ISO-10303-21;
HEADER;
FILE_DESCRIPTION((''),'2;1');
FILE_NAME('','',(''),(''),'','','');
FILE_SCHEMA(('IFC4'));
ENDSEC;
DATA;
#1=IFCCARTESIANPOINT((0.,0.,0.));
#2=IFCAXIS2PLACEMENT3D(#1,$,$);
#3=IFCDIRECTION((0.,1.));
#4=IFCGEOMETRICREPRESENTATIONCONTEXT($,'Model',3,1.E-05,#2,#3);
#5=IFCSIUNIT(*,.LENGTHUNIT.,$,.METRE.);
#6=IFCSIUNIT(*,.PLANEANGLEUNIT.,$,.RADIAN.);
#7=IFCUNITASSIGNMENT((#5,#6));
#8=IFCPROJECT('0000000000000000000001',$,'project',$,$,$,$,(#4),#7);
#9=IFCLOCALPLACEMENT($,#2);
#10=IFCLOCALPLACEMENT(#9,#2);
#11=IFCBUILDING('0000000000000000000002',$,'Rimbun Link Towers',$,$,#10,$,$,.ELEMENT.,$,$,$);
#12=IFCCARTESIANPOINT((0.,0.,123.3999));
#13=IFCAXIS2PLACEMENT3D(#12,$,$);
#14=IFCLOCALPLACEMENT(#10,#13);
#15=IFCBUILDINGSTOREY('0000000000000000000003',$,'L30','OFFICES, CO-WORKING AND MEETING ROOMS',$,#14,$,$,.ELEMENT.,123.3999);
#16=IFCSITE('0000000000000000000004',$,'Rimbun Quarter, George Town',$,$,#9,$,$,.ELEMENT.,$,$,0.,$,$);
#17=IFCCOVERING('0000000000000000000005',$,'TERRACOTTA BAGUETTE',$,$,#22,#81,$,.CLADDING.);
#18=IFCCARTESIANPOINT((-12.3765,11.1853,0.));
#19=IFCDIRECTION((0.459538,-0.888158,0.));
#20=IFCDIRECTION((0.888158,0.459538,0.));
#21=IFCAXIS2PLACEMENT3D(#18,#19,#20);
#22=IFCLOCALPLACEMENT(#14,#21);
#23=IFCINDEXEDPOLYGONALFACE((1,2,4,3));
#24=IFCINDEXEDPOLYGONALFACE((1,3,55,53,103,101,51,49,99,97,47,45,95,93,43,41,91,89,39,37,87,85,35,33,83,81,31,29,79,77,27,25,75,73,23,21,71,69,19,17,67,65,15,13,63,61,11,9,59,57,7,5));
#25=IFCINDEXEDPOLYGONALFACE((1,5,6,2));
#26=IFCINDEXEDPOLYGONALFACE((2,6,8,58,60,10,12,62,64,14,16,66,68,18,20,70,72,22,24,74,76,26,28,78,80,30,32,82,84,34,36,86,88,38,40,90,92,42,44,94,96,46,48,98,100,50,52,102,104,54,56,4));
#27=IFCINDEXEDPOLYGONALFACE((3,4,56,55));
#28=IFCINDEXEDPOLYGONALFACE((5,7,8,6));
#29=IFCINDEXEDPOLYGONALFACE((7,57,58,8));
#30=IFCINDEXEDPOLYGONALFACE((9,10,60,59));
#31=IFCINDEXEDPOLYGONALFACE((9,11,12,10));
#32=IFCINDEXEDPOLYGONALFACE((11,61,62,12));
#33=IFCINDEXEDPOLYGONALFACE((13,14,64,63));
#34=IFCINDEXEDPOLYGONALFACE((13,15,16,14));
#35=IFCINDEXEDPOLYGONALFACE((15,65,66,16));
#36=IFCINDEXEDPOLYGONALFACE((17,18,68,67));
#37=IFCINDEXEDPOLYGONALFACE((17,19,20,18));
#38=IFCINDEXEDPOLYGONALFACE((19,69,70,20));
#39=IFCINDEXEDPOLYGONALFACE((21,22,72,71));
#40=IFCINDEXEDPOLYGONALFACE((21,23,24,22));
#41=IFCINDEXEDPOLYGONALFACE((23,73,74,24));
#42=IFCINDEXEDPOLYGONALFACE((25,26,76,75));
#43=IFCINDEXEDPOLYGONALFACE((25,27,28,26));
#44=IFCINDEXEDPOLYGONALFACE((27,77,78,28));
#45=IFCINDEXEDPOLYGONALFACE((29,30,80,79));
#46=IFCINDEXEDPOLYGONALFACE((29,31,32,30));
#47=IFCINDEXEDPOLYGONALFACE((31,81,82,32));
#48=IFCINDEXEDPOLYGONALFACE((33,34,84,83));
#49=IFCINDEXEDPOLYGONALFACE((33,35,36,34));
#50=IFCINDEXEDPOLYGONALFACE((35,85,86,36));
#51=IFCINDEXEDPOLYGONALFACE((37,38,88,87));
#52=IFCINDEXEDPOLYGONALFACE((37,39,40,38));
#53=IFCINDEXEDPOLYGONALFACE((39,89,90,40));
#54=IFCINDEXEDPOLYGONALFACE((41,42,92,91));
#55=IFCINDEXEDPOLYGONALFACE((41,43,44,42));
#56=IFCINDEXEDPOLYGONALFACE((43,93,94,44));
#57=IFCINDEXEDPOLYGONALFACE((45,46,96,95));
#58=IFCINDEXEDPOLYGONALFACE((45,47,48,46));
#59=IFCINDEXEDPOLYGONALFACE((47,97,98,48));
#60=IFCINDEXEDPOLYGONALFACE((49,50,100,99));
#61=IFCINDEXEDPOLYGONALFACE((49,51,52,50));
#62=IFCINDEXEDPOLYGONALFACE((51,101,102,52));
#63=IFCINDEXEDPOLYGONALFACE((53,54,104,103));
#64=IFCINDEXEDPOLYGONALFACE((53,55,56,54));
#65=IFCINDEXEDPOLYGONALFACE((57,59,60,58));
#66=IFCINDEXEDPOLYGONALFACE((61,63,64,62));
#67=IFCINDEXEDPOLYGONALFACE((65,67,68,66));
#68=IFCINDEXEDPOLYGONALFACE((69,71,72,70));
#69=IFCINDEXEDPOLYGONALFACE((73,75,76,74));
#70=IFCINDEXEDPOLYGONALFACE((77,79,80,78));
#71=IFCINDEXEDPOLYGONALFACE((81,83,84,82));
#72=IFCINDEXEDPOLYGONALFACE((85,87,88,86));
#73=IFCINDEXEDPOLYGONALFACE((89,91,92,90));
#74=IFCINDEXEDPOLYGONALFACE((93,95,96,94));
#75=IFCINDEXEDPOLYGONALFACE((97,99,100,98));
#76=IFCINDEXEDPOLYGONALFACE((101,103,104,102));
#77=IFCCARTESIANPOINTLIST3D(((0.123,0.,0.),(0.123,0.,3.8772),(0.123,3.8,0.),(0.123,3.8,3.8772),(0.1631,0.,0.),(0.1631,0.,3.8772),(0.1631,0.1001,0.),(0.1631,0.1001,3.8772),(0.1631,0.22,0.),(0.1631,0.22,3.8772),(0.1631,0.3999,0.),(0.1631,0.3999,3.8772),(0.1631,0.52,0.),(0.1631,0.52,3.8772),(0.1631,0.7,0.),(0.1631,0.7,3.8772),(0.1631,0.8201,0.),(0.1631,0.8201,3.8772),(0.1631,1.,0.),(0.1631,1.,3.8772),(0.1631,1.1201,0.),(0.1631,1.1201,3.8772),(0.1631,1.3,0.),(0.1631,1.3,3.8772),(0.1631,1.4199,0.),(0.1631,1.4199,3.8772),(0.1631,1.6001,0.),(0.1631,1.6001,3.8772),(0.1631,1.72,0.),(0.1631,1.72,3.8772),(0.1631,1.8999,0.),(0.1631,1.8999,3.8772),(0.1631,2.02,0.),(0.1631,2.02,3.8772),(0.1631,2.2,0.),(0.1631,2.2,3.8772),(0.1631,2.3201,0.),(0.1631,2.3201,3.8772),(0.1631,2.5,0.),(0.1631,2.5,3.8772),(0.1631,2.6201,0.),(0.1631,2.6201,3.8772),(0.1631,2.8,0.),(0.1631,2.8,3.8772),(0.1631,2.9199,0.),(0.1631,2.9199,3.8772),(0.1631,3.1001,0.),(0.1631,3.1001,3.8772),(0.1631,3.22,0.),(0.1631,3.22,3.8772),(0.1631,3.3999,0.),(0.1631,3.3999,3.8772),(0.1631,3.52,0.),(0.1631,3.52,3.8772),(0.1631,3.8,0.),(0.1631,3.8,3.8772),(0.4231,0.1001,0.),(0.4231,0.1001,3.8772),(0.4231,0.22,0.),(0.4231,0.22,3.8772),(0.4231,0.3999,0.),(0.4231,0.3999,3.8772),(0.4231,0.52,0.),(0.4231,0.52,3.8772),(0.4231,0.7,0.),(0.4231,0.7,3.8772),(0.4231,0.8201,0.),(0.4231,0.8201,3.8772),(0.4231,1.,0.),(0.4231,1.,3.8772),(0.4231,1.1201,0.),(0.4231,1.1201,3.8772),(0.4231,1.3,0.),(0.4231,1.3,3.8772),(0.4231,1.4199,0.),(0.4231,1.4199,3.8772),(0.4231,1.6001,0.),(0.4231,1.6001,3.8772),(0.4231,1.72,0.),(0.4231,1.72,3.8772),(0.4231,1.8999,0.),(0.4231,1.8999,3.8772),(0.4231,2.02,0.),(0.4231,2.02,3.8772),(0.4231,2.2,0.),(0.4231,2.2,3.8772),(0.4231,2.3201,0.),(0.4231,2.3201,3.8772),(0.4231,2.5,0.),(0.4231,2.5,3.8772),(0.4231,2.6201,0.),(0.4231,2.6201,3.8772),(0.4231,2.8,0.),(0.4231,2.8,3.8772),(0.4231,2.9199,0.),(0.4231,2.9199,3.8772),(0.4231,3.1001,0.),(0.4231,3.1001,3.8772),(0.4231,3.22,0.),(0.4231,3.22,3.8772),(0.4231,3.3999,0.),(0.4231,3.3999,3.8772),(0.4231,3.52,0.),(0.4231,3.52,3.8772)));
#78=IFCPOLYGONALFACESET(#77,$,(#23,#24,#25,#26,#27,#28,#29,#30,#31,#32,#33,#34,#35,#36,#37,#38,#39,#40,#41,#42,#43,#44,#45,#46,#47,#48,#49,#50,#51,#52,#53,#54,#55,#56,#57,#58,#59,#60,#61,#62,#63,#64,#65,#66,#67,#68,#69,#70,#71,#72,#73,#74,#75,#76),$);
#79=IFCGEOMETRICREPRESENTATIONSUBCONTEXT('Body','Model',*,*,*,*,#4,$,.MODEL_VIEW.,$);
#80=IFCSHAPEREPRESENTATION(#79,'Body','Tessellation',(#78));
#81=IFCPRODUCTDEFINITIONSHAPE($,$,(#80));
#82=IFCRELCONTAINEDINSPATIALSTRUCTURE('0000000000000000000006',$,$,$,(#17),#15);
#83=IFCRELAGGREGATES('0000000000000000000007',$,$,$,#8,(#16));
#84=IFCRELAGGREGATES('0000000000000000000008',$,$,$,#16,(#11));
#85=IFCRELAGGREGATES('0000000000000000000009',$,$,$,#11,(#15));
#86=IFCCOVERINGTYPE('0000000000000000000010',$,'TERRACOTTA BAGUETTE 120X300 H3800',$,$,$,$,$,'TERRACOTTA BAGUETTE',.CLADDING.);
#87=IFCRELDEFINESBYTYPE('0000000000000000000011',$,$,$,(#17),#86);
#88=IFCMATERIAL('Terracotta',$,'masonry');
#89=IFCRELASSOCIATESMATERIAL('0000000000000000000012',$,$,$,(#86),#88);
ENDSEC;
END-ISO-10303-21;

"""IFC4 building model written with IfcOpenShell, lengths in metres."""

from ifc_helpers import new_model, si_unit, direction, frame, origin, place, context, subcontext, project, spatial, polyline, outline, extrude, material, material_profile, profile_set, type_object, element, save


model = new_model("IFC4")

# Units and contexts
model_context = context("Model", 3, precision=1e-05, world=origin(), true_north=direction((0.0, 1.0)))
body_context = subcontext(model_context, "Body", "Model", "MODEL_VIEW")
ifc_project = project(units=[si_unit("LENGTHUNIT", "METRE"), si_unit("PLANEANGLEUNIT", "RADIAN")], contexts=[model_context])

# Site, building, storey
site_placement = place(None, origin())
site = spatial("IfcSite", under=ifc_project, at=site_placement, Name="Rimbun Quarter, George Town", CompositionType="ELEMENT", RefElevation=0.0)
building_placement = place(site_placement, origin())
building = spatial("IfcBuilding", under=site, at=building_placement, Name="Rimbun Link Towers", CompositionType="ELEMENT")
storey_placement = place(building_placement, frame((0.0, 0.0, 123.3999)))
storey = spatial("IfcBuildingStorey", under=building, at=storey_placement, Name="L30", Description="OFFICES, CO-WORKING AND MEETING ROOMS", CompositionType="ELEMENT", Elevation=123.3999)

# Covering
ifc_material_1 = material(Name="Terracotta", Category="masonry")
ifc_material_profile_1 = material_profile(ifc_material_1, outline(polyline([(0.123, 0.0), (0.1631, 0.0), (0.1631, 0.1001), (0.4231, 0.1001), (0.4231, 0.22), (0.1631, 0.22), (0.1631, 0.3999), (0.4231, 0.3999), (0.4231, 0.52), (0.1631, 0.52), (0.1631, 0.7), (0.4231, 0.7), (0.4231, 0.8201), (0.1631, 0.8201), (0.1631, 1.0), (0.4231, 1.0), (0.4231, 1.1201), (0.1631, 1.1201), (0.1631, 1.3), (0.4231, 1.3), (0.4231, 1.4199), (0.1631, 1.4199), (0.1631, 1.6001), (0.4231, 1.6001), (0.4231, 1.72), (0.1631, 1.72), (0.1631, 1.8999), (0.4231, 1.8999), (0.4231, 2.02), (0.1631, 2.02), (0.1631, 2.2), (0.4231, 2.2), (0.4231, 2.3201), (0.1631, 2.3201), (0.1631, 2.5), (0.4231, 2.5), (0.4231, 2.6201), (0.1631, 2.6201), (0.1631, 2.8), (0.4231, 2.8), (0.4231, 2.9199), (0.1631, 2.9199), (0.1631, 3.1001), (0.4231, 3.1001), (0.4231, 3.22), (0.1631, 3.22), (0.1631, 3.3999), (0.4231, 3.3999), (0.4231, 3.52), (0.1631, 3.52), (0.1631, 3.8), (0.123, 3.8), (0.123, 0.0)])), Name="BAGUETTE 120X300")
ifc_profile_set_1 = profile_set([ifc_material_profile_1], Name="Terracotta")
covering_type = type_object("IfcCoveringType", Name="TERRACOTTA BAGUETTE 120X300 H3800", ElementType="TERRACOTTA BAGUETTE", PredefinedType="CLADDING", material=ifc_profile_set_1)
covering_1_placement = place(storey_placement, frame((-12.3765, 11.1853, 0.0), z_axis=(0.459538, -0.888158, 0.0), x_axis=(0.888158, 0.459538, 0.0)))
element("IfcCovering", 1, at=covering_1_placement, inside=storey, type_object=covering_type, Name="TERRACOTTA BAGUETTE", PredefinedType="CLADDING", context=body_context, shape_type="SweptSolid", body=[
    extrude(outline(polyline([(0.123, 0.0), (0.1631, 0.0), (0.1631, 0.1001), (0.4231, 0.1001), (0.4231, 0.22), (0.1631, 0.22), (0.1631, 0.3999), (0.4231, 0.3999), (0.4231, 0.52), (0.1631, 0.52), (0.1631, 0.7), (0.4231, 0.7), (0.4231, 0.8201), (0.1631, 0.8201), (0.1631, 1.0), (0.4231, 1.0), (0.4231, 1.1201), (0.1631, 1.1201), (0.1631, 1.3), (0.4231, 1.3), (0.4231, 1.4199), (0.1631, 1.4199), (0.1631, 1.6001), (0.4231, 1.6001), (0.4231, 1.72), (0.1631, 1.72), (0.1631, 1.8999), (0.4231, 1.8999), (0.4231, 2.02), (0.1631, 2.02), (0.1631, 2.2), (0.4231, 2.2), (0.4231, 2.3201), (0.1631, 2.3201), (0.1631, 2.5), (0.4231, 2.5), (0.4231, 2.6201), (0.1631, 2.6201), (0.1631, 2.8), (0.4231, 2.8), (0.4231, 2.9199), (0.1631, 2.9199), (0.1631, 3.1001), (0.4231, 3.1001), (0.4231, 3.22), (0.1631, 3.22), (0.1631, 3.3999), (0.4231, 3.3999), (0.4231, 3.52), (0.1631, 3.52), (0.1631, 3.8), (0.123, 3.8), (0.123, 0.0)])), origin(), (0.0, 0.0, 1.0), 3.8772),
])

save(model, "model.ifc")
